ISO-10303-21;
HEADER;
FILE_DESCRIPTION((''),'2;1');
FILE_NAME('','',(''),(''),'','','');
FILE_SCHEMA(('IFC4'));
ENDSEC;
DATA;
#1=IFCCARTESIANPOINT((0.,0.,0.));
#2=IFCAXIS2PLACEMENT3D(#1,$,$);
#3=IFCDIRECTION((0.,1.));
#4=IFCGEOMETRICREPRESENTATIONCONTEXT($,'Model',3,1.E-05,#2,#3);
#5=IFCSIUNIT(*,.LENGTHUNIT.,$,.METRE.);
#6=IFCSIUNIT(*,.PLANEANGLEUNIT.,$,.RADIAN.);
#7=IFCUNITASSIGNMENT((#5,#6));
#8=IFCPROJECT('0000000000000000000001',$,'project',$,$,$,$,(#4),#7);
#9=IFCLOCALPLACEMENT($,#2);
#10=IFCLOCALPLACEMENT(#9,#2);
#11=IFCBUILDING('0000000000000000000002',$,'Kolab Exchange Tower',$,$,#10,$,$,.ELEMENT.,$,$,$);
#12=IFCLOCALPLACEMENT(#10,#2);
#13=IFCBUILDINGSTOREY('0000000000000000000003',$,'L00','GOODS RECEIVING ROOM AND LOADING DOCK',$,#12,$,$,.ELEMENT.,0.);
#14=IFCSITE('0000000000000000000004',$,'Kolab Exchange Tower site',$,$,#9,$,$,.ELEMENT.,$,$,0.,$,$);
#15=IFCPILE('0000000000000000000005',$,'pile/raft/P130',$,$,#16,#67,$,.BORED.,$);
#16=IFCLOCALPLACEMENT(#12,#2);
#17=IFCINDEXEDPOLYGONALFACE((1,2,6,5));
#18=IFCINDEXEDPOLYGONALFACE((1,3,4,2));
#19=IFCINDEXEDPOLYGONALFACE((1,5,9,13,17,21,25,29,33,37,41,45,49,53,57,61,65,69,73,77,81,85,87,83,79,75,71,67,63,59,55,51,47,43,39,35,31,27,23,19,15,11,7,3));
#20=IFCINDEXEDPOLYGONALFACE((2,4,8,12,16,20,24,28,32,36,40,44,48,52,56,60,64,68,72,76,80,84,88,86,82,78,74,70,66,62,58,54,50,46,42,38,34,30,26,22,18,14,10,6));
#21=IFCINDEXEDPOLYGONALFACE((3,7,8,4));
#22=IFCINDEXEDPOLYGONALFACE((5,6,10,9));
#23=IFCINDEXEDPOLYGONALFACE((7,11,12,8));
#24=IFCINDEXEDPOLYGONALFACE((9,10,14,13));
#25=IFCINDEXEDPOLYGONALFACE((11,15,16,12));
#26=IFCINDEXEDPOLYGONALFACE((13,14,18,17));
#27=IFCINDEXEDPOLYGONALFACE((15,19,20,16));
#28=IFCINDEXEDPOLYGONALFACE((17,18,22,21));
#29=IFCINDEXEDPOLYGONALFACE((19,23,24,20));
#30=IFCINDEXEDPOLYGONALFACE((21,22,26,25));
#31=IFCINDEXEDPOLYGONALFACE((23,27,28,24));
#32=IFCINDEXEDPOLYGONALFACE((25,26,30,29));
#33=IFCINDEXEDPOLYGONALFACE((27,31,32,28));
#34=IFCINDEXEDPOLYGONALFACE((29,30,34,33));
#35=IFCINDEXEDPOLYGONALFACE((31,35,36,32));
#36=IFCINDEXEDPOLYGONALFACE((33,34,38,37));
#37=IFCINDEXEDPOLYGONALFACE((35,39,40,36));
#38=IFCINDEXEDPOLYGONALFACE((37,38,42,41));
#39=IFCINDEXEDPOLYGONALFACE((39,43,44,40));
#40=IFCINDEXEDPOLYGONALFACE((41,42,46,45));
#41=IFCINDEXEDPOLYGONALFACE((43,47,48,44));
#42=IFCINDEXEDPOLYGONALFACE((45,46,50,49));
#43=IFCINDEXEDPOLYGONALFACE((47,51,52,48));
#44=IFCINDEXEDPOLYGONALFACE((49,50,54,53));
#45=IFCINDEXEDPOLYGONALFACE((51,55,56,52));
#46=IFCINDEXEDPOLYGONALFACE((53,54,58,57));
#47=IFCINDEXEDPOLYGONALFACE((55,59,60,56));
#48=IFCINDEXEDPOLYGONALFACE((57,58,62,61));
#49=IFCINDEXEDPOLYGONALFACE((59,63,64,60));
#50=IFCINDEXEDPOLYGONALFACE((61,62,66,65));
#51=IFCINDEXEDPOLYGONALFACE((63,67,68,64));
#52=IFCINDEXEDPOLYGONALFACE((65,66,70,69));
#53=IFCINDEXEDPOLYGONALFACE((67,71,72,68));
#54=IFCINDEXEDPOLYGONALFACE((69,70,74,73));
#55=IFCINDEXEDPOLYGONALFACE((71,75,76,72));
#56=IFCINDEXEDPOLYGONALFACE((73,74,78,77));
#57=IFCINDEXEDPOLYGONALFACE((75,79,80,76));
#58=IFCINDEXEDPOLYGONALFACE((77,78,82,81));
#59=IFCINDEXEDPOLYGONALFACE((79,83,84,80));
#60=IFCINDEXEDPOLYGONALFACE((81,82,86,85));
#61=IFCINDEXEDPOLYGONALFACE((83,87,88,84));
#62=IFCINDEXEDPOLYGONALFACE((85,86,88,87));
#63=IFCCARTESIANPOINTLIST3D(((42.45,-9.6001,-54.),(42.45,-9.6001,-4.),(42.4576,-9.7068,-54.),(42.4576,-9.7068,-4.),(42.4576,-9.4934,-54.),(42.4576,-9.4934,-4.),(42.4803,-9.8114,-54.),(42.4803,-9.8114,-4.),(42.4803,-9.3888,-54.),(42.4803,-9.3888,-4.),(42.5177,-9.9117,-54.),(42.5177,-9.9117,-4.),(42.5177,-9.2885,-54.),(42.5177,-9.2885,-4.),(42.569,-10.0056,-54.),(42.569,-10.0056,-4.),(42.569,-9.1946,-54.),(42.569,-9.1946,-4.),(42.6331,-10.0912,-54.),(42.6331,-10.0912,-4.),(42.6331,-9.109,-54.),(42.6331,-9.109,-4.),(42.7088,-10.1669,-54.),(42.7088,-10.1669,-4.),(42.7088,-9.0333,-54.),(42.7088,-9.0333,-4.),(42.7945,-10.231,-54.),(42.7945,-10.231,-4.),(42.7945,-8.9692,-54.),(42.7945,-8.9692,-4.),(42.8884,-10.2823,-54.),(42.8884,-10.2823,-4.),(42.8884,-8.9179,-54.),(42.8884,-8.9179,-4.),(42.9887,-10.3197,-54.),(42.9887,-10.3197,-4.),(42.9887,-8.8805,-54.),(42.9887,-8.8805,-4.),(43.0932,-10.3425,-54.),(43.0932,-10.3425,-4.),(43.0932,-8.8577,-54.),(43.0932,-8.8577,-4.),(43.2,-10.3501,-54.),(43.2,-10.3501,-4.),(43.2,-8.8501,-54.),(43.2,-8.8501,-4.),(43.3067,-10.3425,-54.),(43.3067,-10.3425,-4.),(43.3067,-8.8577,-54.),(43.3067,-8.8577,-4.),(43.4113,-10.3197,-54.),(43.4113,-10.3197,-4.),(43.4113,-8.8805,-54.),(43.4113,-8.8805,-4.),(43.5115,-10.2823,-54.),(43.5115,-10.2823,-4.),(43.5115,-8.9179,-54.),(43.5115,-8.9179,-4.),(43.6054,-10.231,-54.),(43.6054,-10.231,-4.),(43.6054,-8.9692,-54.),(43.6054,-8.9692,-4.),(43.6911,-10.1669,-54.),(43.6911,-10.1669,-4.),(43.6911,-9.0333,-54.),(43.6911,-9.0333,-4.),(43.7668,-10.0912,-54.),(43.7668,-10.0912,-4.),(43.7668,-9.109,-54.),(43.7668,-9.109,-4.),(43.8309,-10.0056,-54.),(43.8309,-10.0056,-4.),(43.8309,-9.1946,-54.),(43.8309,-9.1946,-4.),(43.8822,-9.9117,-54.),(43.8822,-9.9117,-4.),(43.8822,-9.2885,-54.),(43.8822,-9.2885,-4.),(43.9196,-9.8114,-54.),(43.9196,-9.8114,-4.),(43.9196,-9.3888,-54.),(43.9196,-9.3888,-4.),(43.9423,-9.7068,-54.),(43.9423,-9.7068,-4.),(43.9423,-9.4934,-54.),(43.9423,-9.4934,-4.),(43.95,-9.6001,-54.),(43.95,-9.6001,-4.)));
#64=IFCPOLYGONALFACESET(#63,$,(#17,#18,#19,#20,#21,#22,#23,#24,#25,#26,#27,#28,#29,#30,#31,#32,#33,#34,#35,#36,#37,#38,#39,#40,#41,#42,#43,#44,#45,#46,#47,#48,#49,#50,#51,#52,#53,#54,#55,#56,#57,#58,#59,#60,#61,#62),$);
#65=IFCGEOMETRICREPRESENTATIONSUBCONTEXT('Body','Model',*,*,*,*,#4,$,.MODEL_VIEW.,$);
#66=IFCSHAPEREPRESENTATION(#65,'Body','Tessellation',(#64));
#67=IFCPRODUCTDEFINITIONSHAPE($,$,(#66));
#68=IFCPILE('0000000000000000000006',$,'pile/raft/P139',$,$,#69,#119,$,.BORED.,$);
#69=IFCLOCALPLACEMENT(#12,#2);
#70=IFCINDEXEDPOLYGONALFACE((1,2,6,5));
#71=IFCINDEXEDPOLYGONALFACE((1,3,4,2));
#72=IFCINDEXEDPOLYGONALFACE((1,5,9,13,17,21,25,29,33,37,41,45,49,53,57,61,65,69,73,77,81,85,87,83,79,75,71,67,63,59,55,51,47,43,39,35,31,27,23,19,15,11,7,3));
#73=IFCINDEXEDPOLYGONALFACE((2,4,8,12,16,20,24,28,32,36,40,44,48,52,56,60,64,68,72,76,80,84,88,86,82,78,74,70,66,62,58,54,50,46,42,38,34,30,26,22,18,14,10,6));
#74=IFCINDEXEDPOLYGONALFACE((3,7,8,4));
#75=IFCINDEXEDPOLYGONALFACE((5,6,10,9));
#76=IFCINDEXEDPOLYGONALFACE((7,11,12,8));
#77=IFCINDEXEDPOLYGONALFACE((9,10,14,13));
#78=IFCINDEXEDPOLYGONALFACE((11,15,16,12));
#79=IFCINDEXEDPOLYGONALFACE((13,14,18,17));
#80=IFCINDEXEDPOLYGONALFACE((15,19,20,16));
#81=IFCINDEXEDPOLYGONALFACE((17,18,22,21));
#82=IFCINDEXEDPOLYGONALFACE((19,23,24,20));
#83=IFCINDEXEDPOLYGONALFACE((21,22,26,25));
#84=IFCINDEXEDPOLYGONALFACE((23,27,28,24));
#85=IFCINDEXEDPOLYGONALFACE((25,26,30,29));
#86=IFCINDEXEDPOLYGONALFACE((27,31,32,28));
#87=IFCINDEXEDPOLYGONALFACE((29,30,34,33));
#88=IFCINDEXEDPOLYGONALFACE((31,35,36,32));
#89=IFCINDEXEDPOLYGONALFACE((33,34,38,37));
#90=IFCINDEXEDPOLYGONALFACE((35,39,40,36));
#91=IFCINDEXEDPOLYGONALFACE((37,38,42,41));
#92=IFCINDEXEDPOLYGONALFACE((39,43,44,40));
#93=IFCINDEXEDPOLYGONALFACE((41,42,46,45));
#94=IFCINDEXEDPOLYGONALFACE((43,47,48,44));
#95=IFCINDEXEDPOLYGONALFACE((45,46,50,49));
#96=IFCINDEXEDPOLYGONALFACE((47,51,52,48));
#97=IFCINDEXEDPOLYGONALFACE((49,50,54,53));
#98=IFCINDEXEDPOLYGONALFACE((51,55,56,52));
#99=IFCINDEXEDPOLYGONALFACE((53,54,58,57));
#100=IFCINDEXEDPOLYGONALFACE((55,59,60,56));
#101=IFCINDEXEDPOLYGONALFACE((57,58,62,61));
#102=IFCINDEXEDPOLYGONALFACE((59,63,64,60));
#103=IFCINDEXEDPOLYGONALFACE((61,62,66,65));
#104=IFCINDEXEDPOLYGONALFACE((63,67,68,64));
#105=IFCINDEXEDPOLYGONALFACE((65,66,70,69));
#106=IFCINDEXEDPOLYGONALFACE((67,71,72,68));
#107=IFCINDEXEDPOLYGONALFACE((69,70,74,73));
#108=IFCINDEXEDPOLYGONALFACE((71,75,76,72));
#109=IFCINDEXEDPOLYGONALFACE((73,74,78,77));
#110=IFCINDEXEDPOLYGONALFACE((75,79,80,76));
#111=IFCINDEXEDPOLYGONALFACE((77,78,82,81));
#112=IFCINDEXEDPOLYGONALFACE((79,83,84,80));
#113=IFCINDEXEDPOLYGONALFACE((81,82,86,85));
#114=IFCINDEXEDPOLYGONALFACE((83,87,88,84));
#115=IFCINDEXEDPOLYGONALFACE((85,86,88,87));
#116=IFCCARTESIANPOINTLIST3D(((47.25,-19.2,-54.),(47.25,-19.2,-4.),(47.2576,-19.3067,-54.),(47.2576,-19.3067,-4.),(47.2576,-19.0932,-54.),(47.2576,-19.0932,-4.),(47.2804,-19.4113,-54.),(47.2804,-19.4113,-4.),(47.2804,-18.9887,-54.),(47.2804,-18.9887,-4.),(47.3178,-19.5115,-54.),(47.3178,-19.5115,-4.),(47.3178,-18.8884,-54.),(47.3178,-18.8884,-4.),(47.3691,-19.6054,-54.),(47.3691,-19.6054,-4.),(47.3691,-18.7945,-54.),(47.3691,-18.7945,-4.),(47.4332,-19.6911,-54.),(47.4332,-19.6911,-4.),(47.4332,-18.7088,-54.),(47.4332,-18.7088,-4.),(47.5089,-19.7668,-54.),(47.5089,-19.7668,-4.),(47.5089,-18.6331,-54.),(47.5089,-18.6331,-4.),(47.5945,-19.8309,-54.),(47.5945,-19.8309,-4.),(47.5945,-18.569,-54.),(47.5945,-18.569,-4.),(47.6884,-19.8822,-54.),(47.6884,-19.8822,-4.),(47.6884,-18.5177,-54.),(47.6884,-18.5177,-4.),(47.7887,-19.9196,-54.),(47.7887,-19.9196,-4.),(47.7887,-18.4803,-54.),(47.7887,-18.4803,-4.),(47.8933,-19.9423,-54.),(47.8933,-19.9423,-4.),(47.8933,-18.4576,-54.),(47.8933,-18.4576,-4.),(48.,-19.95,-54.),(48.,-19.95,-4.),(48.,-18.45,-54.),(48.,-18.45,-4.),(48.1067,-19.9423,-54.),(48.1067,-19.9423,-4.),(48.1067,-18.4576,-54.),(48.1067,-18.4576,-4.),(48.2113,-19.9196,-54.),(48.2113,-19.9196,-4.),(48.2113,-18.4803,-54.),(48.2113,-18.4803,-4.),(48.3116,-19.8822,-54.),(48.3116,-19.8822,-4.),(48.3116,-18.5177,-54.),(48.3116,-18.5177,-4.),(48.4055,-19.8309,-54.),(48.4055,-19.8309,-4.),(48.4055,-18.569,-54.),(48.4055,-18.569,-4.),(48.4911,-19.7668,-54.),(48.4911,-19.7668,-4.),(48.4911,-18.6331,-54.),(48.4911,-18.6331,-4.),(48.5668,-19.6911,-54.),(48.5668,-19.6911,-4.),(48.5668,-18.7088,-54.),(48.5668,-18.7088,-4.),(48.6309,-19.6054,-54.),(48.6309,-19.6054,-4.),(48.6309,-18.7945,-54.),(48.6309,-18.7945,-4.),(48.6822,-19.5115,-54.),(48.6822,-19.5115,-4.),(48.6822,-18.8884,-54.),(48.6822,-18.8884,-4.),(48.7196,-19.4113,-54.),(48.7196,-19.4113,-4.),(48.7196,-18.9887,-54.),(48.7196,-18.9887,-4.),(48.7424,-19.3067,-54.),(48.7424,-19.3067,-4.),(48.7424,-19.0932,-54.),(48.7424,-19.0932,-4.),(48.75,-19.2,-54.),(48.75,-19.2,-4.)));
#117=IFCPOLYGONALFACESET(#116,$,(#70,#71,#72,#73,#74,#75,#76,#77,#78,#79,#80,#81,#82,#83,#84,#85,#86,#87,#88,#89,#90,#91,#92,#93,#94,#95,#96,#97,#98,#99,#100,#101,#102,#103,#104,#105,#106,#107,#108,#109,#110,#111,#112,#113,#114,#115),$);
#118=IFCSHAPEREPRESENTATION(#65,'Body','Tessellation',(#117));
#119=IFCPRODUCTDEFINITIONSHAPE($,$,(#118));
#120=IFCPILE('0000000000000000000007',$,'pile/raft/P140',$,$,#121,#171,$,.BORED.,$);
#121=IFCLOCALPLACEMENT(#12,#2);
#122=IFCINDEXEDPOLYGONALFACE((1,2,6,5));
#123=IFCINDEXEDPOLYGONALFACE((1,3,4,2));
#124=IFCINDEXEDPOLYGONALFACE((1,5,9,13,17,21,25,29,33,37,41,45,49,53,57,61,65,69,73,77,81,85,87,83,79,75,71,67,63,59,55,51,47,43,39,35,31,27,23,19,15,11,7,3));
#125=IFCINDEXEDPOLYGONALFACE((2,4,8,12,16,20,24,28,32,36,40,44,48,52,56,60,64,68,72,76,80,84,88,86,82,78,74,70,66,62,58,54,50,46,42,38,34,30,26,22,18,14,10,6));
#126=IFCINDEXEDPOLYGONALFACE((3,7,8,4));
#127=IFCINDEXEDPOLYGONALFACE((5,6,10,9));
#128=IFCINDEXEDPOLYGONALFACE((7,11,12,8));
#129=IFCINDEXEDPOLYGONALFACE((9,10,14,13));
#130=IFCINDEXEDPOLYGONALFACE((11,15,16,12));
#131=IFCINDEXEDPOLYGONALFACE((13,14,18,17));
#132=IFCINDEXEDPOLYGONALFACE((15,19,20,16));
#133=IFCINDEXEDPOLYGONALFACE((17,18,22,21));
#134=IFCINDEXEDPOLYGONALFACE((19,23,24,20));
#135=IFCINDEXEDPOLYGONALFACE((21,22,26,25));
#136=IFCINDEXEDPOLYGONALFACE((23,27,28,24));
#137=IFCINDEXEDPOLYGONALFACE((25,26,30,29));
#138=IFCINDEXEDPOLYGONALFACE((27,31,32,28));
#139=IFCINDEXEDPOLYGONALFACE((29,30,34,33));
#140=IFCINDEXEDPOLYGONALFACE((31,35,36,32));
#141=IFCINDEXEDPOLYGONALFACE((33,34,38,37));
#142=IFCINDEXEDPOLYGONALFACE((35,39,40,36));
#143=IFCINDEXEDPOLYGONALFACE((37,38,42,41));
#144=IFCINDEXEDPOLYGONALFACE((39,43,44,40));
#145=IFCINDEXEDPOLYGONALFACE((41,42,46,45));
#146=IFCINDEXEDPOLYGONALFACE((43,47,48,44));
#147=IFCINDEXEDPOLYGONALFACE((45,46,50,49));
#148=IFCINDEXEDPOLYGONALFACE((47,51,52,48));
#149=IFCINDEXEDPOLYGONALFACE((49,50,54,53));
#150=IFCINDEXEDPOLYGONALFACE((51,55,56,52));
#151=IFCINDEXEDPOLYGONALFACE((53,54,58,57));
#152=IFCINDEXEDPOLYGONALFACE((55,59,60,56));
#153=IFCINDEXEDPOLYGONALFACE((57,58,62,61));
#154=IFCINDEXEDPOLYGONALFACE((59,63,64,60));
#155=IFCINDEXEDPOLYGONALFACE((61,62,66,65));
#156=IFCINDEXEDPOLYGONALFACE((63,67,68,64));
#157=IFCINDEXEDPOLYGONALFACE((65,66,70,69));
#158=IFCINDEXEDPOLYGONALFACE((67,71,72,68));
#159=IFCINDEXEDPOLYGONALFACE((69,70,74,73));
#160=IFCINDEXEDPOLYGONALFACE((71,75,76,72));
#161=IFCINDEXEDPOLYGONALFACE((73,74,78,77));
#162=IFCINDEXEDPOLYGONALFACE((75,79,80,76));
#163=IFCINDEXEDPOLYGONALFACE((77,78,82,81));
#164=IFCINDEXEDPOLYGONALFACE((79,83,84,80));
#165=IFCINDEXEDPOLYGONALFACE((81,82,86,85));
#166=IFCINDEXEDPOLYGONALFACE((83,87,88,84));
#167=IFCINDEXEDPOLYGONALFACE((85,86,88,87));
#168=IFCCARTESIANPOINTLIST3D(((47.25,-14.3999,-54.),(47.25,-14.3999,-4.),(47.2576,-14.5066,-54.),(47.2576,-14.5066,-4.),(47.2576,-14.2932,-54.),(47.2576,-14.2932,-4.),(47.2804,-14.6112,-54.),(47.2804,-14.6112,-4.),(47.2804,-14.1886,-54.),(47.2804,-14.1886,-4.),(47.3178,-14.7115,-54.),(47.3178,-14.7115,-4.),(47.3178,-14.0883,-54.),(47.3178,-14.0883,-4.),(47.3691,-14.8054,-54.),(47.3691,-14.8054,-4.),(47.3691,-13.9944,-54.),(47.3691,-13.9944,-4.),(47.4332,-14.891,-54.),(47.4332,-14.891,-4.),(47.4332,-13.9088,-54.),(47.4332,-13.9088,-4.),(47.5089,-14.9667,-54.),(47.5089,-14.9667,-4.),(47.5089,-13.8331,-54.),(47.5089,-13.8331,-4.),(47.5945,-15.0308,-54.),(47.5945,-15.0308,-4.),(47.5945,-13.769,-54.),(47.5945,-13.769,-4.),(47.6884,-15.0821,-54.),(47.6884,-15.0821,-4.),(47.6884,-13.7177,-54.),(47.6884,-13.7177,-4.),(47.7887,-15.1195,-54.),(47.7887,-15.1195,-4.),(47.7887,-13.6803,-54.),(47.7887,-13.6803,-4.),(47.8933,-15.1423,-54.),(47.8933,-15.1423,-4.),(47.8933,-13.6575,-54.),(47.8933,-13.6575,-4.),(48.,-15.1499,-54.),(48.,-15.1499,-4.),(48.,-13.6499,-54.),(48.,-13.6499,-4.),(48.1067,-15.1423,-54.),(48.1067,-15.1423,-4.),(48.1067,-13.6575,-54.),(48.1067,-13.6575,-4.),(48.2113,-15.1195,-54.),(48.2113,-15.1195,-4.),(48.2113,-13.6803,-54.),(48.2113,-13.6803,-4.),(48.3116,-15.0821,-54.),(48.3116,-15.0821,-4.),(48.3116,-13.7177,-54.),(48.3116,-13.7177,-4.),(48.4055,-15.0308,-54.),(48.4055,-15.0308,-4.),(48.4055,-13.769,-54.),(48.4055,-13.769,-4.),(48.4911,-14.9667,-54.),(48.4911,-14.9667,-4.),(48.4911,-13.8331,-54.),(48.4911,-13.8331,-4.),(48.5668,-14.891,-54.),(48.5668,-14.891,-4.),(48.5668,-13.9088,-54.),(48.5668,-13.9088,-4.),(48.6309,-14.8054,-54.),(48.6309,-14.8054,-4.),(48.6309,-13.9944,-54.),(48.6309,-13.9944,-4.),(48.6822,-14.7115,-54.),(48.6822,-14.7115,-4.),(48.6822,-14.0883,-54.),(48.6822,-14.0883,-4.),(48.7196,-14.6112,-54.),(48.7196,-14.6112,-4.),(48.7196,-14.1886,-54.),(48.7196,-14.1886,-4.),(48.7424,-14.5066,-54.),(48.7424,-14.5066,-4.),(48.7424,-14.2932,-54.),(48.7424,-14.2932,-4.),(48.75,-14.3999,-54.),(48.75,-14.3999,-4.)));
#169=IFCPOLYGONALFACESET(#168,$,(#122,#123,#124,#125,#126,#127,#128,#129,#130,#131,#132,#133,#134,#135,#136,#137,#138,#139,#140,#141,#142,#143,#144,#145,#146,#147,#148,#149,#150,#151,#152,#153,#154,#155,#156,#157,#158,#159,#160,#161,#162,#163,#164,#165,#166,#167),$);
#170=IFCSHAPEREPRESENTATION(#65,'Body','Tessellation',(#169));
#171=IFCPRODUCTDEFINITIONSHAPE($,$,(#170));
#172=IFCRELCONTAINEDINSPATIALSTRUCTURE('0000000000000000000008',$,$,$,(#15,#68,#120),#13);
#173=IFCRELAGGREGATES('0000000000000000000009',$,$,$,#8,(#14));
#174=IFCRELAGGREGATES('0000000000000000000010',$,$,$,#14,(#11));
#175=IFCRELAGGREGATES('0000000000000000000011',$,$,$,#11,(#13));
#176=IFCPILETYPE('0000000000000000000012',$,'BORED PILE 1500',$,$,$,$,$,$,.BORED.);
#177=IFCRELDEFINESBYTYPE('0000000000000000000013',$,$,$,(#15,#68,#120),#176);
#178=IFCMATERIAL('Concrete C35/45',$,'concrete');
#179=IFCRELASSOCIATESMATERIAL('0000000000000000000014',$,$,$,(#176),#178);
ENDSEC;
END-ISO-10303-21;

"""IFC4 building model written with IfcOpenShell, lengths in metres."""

from ifc_helpers import new_model, si_unit, direction, frame, origin, origin_2d, place, context, subcontext, project, spatial, circle, extrude, material, material_profile, profile_set, type_object, element, save


model = new_model("IFC4")

# Units and contexts
model_context = context("Model", 3, precision=1e-05, world=origin(), true_north=direction((0.0, 1.0)))
body_context = subcontext(model_context, "Body", "Model", "MODEL_VIEW")
ifc_project = project(units=[si_unit("LENGTHUNIT", "METRE"), si_unit("PLANEANGLEUNIT", "RADIAN")], contexts=[model_context])

# Site, building, storey
site_placement = place(None, origin())
site = spatial("IfcSite", under=ifc_project, at=site_placement, Name="Kolab Exchange Tower site", CompositionType="ELEMENT", RefElevation=0.0)
building_placement = place(site_placement, origin())
building = spatial("IfcBuilding", under=site, at=building_placement, Name="Kolab Exchange Tower", CompositionType="ELEMENT")
storey_placement = place(building_placement, origin())
storey = spatial("IfcBuildingStorey", under=building, at=storey_placement, Name="L00", Description="GOODS RECEIVING ROOM AND LOADING DOCK", CompositionType="ELEMENT", Elevation=0.0)

# Piles
ifc_material_1 = material(Name="Concrete C35/45", Category="concrete")
ifc_material_profile_1 = material_profile(ifc_material_1, circle(Radius=0.75, at=origin_2d()), Name="BP1500")
ifc_profile_set_1 = profile_set([ifc_material_profile_1], Name="Concrete C35/45")
pile_type = type_object("IfcPileType", Name="BORED PILE 1500", PredefinedType="BORED", material=ifc_profile_set_1)
for number, where, z_axis, x_axis, name in (
    (1, (43.2, -9.6001, -4.0), (0.0, 0.0, -1.0), (1.0, 0.0, 0.0), "pile/raft/P130"),
    (2, (48.0, -19.2, -4.0), (0.0, 0.0, -1.0), (1.0, 0.0, 0.0), "pile/raft/P139"),
    (3, (48.0, -14.3999, -4.0), (0.0, 0.0, -1.0), (1.0, 0.0, 0.0), "pile/raft/P140"),
):
    element("IfcPile", number, at=place(storey_placement, frame(where, z_axis=z_axis, x_axis=x_axis)), inside=storey, type_object=pile_type, Name=name, PredefinedType="BORED", context=body_context, shape_type="SweptSolid", body=[
        extrude(circle(Radius=0.75, at=origin_2d()), origin(), (0.0, 0.0, 1.0), 50.0),
    ])

save(model, "model.ifc")
